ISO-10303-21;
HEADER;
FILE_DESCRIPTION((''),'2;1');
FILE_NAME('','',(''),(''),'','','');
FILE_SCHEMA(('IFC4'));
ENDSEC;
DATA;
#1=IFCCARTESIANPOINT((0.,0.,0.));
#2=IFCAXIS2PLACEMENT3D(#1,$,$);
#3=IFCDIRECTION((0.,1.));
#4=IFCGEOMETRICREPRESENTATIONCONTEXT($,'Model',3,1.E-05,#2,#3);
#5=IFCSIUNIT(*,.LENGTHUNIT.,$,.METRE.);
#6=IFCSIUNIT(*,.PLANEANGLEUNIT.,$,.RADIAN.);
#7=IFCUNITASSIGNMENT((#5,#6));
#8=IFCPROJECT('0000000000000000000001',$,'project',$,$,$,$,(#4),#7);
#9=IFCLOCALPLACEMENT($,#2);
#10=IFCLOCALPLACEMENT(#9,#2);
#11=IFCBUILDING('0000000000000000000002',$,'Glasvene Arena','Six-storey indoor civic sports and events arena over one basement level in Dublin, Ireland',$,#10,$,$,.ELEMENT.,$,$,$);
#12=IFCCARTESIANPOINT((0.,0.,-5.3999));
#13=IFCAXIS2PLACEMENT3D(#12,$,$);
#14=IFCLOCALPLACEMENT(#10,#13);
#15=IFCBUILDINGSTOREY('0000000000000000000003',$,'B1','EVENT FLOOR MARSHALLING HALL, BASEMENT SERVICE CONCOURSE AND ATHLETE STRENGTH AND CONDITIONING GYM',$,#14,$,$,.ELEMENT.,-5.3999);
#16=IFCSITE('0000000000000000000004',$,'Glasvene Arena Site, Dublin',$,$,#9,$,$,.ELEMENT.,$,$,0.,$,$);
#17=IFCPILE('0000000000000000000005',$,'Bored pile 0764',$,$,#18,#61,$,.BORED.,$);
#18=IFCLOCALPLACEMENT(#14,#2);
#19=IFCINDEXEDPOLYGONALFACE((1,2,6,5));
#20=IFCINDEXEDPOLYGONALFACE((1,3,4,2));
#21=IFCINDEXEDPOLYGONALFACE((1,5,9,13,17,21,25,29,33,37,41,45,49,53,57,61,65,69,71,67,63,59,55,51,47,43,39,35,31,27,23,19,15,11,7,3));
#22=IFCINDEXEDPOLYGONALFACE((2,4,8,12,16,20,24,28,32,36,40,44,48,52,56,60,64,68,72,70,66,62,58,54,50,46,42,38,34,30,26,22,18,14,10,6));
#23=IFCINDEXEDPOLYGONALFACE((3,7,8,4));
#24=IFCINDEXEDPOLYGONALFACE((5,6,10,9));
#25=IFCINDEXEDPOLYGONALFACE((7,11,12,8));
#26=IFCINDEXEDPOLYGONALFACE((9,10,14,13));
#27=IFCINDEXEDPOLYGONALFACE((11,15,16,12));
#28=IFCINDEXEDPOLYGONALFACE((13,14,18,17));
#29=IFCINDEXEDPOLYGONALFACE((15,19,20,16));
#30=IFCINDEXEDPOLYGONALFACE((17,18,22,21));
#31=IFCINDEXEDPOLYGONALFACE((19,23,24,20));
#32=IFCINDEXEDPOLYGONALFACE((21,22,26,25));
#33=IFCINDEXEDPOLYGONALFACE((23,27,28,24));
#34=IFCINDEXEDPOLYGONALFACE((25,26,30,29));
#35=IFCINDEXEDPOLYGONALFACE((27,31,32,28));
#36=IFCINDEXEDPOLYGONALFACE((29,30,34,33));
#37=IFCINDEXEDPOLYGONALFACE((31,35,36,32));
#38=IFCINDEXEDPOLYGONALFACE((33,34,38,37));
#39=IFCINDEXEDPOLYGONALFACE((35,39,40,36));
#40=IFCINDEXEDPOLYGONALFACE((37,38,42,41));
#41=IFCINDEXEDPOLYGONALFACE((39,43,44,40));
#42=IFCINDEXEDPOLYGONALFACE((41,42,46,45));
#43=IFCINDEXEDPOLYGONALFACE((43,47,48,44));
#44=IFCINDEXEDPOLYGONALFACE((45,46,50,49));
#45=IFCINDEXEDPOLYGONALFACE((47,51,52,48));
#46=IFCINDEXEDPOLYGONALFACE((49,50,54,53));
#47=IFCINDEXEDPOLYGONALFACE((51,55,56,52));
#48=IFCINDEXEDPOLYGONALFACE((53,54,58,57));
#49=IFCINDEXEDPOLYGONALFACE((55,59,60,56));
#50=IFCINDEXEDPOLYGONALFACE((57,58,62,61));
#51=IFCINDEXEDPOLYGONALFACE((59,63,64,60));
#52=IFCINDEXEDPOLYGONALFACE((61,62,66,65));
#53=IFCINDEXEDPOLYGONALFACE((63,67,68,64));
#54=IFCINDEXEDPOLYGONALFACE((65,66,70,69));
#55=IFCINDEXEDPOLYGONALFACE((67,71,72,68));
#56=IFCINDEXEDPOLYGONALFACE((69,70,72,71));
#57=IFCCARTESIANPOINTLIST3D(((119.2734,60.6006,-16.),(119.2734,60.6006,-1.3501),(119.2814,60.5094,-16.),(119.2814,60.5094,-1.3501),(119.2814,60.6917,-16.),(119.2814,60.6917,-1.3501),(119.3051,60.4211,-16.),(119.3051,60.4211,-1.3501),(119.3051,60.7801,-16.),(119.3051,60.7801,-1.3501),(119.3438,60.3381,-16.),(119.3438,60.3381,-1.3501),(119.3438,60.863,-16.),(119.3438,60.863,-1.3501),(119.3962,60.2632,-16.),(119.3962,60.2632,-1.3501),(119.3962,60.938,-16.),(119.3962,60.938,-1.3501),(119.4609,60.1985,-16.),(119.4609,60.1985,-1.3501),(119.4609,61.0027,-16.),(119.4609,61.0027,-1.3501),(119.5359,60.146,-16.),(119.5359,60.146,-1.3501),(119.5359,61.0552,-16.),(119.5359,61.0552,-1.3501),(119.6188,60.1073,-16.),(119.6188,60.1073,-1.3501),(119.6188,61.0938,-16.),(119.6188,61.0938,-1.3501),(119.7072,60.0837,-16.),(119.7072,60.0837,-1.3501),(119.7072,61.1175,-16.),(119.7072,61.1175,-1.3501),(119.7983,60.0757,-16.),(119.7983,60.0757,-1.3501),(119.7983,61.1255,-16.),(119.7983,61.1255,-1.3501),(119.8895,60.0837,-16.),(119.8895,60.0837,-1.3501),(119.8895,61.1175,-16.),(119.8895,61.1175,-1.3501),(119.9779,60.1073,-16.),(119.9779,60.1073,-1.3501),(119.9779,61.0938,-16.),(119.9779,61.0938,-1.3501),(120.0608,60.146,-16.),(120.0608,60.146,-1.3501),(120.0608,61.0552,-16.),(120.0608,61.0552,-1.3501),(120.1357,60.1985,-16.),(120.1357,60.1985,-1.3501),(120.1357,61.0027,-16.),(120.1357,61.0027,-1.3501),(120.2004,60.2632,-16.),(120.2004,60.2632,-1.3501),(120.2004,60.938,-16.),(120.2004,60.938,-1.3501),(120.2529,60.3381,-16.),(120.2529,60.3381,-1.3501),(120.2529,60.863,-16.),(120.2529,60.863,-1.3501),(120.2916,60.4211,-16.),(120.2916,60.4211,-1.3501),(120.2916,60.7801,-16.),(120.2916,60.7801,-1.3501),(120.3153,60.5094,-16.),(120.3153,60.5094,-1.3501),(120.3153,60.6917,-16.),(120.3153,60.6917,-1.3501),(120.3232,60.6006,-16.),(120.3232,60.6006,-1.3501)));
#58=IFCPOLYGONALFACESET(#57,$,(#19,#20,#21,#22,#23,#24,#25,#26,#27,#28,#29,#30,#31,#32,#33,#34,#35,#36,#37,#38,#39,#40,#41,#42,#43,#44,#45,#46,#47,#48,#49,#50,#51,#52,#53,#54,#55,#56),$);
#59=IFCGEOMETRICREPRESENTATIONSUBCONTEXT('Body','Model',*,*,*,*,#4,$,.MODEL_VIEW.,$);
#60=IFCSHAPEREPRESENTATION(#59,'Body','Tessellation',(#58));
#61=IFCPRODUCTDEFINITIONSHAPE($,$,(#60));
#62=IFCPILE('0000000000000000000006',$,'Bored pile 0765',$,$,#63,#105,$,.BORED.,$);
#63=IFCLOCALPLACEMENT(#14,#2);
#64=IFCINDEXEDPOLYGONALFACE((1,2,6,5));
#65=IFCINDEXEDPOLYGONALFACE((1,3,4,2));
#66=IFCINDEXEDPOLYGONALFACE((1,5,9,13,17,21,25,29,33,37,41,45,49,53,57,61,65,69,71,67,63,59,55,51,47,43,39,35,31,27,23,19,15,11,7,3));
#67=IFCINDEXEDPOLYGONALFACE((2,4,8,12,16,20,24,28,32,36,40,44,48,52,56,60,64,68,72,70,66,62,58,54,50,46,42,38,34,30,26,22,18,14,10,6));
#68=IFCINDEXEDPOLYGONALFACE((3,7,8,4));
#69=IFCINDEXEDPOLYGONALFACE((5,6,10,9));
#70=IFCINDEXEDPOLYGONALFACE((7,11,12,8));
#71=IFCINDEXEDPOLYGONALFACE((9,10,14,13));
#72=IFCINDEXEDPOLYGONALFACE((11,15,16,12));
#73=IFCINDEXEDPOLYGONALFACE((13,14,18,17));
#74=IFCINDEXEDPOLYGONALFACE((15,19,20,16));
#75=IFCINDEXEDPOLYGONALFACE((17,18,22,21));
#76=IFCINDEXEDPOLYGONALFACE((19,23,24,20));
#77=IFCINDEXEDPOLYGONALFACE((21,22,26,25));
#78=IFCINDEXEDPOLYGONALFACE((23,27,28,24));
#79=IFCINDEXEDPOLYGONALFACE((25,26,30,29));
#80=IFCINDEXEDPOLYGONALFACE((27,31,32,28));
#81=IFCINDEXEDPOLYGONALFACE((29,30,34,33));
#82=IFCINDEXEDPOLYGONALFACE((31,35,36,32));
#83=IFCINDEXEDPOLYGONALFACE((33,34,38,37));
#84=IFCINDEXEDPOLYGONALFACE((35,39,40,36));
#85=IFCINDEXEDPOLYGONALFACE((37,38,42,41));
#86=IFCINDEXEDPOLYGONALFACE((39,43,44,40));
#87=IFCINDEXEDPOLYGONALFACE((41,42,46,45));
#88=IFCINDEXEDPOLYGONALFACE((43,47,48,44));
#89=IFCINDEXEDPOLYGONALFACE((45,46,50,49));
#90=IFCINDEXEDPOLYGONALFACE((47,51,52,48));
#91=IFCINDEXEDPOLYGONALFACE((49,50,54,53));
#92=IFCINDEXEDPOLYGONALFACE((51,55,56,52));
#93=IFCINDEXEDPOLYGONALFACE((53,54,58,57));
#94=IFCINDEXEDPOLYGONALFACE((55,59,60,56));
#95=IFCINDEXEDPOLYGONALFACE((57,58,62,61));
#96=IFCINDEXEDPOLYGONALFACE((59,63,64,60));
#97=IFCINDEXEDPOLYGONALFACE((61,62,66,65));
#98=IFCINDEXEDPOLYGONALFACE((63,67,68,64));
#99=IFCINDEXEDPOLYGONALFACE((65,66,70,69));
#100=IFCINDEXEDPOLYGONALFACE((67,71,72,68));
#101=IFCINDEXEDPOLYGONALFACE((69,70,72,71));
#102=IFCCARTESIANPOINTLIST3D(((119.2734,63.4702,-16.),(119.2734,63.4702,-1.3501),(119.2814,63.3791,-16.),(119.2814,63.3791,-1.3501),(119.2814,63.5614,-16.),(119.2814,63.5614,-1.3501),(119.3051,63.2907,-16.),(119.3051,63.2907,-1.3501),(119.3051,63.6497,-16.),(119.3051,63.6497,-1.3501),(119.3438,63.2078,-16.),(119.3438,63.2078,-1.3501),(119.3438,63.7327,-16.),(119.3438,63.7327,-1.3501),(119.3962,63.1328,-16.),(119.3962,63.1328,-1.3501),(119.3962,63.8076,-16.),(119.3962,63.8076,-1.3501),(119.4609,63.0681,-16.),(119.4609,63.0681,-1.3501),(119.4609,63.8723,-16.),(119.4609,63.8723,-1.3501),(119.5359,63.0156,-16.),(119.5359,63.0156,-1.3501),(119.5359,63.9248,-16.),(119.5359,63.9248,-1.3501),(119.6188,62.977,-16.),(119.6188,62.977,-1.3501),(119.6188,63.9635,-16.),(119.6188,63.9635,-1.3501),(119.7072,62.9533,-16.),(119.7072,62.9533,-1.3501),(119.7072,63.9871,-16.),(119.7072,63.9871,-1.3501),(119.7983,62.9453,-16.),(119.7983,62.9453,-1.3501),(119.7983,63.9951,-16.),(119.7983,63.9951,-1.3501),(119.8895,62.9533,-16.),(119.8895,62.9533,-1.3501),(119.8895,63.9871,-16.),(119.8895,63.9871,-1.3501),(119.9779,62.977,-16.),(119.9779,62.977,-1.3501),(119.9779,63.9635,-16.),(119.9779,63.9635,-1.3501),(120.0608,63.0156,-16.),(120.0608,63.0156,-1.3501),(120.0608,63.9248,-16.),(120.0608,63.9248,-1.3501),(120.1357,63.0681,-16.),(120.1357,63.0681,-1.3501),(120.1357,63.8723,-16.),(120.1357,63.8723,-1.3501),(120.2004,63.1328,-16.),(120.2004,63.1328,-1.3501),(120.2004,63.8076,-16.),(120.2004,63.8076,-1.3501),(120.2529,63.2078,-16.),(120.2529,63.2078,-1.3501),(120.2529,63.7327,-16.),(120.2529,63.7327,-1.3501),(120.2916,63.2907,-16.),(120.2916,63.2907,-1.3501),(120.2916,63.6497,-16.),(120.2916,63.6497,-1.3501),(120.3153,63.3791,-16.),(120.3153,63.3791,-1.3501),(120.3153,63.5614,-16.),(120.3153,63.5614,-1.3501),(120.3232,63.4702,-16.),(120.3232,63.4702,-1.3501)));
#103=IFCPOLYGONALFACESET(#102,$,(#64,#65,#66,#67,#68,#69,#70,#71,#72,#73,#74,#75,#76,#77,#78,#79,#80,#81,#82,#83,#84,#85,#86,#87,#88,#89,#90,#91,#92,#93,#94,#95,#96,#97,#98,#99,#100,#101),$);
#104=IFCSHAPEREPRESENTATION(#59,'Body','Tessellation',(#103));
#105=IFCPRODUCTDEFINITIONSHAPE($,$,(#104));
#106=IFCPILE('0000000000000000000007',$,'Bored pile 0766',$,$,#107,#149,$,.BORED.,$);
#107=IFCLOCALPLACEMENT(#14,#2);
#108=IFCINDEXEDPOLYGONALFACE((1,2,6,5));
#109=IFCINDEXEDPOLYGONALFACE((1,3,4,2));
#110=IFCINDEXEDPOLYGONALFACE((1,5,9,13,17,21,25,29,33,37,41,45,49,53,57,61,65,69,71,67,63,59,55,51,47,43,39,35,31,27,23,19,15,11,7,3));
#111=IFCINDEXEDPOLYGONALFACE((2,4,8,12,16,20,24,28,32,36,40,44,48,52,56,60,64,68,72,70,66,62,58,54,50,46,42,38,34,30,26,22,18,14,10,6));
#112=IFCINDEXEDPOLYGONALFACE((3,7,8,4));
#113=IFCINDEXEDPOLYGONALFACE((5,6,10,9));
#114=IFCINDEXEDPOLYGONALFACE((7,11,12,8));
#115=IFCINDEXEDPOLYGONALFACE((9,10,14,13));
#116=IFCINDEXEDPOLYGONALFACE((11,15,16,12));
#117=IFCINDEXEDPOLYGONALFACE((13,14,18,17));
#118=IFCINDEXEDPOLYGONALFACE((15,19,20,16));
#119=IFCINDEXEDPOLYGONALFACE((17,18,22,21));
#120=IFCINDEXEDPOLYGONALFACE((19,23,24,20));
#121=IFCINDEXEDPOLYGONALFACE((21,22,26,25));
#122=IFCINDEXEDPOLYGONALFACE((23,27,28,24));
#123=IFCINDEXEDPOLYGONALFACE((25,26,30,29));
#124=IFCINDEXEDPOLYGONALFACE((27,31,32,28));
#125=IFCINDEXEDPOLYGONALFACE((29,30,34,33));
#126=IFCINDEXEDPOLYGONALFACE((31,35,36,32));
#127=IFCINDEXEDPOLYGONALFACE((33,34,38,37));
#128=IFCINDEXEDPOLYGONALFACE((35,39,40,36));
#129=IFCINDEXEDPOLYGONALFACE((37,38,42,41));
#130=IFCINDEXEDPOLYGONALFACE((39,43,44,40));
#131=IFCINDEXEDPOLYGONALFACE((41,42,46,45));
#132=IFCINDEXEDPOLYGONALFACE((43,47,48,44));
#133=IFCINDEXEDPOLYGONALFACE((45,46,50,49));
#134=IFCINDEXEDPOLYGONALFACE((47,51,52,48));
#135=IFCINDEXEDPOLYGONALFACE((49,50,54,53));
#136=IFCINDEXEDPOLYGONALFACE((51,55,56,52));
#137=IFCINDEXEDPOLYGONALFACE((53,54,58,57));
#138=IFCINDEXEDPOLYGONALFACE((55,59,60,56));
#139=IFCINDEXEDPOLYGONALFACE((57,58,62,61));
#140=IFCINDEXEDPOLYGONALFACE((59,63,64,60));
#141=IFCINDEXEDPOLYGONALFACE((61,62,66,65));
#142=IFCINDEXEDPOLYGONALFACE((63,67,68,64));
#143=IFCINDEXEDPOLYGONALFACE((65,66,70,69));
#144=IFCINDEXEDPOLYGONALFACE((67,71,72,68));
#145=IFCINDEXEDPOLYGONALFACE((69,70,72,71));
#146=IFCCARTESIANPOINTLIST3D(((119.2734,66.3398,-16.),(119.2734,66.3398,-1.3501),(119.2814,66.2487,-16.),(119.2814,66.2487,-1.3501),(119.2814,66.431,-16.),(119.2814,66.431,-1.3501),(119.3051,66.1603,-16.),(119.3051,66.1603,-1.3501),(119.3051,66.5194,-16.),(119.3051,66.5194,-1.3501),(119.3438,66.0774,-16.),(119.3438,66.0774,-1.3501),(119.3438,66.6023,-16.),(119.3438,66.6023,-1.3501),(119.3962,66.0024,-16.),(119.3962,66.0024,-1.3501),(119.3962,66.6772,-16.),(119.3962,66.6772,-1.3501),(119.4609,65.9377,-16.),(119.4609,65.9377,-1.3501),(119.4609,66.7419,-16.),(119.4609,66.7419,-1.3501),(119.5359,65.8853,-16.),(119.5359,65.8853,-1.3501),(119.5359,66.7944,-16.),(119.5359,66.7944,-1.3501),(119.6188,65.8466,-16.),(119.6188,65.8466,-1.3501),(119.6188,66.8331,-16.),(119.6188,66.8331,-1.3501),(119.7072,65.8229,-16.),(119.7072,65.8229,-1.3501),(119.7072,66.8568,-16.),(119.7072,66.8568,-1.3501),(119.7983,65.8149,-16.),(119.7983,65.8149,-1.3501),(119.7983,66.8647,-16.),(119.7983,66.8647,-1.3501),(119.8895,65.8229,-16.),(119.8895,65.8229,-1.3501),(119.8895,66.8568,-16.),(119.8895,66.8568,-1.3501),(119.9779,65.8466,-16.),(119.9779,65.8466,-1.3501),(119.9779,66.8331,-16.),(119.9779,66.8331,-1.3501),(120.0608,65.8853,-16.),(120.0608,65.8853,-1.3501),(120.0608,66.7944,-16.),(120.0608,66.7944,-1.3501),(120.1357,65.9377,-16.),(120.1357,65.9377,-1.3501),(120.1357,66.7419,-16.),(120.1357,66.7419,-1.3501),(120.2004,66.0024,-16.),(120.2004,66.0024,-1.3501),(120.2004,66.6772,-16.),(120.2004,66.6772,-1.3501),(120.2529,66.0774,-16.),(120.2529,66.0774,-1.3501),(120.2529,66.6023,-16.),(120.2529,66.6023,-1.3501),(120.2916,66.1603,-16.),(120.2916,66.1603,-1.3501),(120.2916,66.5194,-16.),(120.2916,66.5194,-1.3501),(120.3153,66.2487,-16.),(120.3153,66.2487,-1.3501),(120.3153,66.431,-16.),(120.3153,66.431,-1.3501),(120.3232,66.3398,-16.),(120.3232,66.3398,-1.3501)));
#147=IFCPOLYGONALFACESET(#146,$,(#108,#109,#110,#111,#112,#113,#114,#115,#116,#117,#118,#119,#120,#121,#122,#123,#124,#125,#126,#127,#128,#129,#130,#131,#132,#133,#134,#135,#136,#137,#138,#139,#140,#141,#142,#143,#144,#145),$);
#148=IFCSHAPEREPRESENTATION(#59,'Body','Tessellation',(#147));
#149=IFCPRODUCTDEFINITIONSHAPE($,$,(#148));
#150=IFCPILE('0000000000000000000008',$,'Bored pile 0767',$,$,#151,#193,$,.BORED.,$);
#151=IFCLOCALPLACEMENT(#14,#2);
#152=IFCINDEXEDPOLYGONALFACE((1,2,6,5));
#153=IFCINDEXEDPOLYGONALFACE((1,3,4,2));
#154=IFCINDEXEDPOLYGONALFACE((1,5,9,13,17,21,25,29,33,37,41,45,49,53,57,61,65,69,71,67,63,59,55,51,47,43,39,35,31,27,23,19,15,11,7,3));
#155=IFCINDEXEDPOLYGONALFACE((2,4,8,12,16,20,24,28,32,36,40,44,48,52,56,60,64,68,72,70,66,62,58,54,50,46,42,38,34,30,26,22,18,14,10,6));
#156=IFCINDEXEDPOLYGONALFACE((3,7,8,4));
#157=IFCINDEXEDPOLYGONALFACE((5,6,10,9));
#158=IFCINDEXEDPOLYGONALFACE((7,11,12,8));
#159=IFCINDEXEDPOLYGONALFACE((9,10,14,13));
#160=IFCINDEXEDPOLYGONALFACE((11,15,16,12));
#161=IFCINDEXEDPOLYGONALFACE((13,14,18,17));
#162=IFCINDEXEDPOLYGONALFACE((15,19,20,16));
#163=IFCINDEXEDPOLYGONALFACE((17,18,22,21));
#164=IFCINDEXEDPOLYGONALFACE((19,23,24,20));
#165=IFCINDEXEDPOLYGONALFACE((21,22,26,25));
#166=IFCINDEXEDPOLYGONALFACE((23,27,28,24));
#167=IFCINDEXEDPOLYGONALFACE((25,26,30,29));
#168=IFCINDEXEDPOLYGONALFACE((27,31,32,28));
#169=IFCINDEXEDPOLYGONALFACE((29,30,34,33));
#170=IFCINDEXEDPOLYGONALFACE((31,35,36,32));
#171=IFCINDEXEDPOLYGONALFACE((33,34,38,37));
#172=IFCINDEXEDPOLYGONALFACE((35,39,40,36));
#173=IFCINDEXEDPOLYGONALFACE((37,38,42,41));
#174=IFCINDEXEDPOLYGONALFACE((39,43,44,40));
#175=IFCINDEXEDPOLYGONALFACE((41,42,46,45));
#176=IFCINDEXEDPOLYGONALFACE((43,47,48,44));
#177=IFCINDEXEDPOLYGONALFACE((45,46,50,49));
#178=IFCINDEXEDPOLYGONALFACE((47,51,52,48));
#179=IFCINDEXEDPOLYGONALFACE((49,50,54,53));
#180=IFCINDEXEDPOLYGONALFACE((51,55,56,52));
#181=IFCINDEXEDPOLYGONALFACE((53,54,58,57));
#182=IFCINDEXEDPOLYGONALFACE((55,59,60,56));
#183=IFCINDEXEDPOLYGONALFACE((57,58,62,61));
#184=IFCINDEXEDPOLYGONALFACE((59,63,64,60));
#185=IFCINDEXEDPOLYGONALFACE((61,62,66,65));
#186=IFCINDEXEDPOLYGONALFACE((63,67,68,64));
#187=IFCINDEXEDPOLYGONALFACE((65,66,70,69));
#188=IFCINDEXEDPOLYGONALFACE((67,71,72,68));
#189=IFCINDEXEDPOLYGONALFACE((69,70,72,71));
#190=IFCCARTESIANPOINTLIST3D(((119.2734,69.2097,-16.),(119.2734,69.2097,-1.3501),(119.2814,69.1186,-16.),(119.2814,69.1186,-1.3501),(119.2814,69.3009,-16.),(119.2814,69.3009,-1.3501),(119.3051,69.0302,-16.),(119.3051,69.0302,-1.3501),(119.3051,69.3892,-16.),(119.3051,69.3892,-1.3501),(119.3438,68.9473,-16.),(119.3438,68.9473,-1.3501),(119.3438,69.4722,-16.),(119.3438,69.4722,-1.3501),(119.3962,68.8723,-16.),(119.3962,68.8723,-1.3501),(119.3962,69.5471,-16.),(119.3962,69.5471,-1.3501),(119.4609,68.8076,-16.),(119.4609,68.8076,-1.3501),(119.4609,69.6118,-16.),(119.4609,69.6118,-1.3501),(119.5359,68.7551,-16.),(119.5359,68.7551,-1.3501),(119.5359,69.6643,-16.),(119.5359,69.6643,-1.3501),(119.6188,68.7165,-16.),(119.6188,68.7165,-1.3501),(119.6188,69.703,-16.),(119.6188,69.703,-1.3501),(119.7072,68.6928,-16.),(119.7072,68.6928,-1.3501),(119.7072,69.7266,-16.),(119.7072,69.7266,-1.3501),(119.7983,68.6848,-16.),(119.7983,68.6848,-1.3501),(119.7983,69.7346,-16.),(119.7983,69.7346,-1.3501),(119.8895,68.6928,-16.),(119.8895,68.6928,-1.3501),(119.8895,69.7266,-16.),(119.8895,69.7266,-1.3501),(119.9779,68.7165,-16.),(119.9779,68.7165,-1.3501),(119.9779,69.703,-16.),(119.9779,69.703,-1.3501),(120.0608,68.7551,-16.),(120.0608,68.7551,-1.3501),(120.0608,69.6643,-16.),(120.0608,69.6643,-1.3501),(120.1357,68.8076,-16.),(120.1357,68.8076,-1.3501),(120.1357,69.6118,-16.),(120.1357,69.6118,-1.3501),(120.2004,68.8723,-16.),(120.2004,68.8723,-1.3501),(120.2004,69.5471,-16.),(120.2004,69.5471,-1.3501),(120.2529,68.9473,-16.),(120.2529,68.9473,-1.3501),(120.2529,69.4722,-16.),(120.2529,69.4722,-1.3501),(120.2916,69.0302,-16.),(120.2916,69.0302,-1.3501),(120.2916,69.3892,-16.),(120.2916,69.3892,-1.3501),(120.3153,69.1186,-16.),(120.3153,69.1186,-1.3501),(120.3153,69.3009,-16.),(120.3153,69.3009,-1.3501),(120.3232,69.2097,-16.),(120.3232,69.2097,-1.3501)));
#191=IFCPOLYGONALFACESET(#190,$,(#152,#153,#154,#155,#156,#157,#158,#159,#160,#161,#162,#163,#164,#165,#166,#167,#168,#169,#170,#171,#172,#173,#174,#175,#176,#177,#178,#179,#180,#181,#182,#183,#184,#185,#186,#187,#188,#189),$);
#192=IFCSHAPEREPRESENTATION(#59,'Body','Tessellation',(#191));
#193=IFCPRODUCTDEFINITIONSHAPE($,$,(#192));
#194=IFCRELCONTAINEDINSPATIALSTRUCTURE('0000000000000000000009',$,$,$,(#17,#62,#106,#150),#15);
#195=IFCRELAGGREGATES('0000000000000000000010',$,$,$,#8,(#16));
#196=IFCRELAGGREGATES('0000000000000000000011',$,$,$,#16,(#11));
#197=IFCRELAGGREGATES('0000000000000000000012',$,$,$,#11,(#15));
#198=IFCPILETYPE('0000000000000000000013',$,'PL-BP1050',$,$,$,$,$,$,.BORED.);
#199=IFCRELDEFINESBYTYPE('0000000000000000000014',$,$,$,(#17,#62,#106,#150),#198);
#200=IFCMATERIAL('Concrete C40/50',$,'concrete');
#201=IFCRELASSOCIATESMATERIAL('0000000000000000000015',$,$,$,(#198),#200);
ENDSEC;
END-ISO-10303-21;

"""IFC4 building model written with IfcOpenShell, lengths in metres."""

from ifc_helpers import new_model, si_unit, direction, frame, origin, origin_2d, place, context, subcontext, project, spatial, circle, extrude, material, material_profile, profile_set, type_object, element, save


model = new_model("IFC4")

# Units and contexts
model_context = context("Model", 3, precision=1e-05, world=origin(), true_north=direction((0.0, 1.0)))
body_context = subcontext(model_context, "Body", "Model", "MODEL_VIEW")
ifc_project = project(units=[si_unit("LENGTHUNIT", "METRE"), si_unit("PLANEANGLEUNIT", "RADIAN")], contexts=[model_context])

# Site, building, storey
site_placement = place(None, origin())
site = spatial("IfcSite", under=ifc_project, at=site_placement, Name="Glasvene Arena Site, Dublin", CompositionType="ELEMENT", RefElevation=0.0)
building_placement = place(site_placement, origin())
building = spatial("IfcBuilding", under=site, at=building_placement, Name="Glasvene Arena", Description="Six-storey indoor civic sports and events arena over one basement level in Dublin, Ireland", CompositionType="ELEMENT")
storey_placement = place(building_placement, frame((0.0, 0.0, -5.3999)))
storey = spatial("IfcBuildingStorey", under=building, at=storey_placement, Name="B1", Description="EVENT FLOOR MARSHALLING HALL, BASEMENT SERVICE CONCOURSE AND ATHLETE STRENGTH AND CONDITIONING GYM", CompositionType="ELEMENT", Elevation=-5.3999)

# Piles
ifc_material_1 = material(Name="Concrete C40/50", Category="concrete")
ifc_material_profile_1 = material_profile(ifc_material_1, circle(Radius=0.5249, at=origin_2d()), Name="BORED PILE 1050")
ifc_profile_set_1 = profile_set([ifc_material_profile_1], Name="Concrete C40/50")
pile_type = type_object("IfcPileType", Name="PL-BP1050", PredefinedType="BORED", material=ifc_profile_set_1)
for number, where, z_axis, x_axis, name in (
    (1, (119.7983, 60.6006, -1.3501), (0.0, 0.0, -1.0), (1.0, 0.0, 0.0), "Bored pile 0764"),
    (2, (119.7983, 63.4702, -1.3501), (0.0, 0.0, -1.0), (1.0, 0.0, 0.0), "Bored pile 0765"),
    (3, (119.7983, 66.3398, -1.3501), (0.0, 0.0, -1.0), (1.0, 0.0, 0.0), "Bored pile 0766"),
    (4, (119.7983, 69.2097, -1.3501), (0.0, 0.0, -1.0), (1.0, 0.0, 0.0), "Bored pile 0767"),
):
    element("IfcPile", number, at=place(storey_placement, frame(where, z_axis=z_axis, x_axis=x_axis)), inside=storey, type_object=pile_type, Name=name, PredefinedType="BORED", context=body_context, shape_type="SweptSolid", body=[
        extrude(circle(Radius=0.5249, at=origin_2d()), origin(), (0.0, 0.0, 1.0), 14.6499),
    ])

save(model, "model.ifc")
